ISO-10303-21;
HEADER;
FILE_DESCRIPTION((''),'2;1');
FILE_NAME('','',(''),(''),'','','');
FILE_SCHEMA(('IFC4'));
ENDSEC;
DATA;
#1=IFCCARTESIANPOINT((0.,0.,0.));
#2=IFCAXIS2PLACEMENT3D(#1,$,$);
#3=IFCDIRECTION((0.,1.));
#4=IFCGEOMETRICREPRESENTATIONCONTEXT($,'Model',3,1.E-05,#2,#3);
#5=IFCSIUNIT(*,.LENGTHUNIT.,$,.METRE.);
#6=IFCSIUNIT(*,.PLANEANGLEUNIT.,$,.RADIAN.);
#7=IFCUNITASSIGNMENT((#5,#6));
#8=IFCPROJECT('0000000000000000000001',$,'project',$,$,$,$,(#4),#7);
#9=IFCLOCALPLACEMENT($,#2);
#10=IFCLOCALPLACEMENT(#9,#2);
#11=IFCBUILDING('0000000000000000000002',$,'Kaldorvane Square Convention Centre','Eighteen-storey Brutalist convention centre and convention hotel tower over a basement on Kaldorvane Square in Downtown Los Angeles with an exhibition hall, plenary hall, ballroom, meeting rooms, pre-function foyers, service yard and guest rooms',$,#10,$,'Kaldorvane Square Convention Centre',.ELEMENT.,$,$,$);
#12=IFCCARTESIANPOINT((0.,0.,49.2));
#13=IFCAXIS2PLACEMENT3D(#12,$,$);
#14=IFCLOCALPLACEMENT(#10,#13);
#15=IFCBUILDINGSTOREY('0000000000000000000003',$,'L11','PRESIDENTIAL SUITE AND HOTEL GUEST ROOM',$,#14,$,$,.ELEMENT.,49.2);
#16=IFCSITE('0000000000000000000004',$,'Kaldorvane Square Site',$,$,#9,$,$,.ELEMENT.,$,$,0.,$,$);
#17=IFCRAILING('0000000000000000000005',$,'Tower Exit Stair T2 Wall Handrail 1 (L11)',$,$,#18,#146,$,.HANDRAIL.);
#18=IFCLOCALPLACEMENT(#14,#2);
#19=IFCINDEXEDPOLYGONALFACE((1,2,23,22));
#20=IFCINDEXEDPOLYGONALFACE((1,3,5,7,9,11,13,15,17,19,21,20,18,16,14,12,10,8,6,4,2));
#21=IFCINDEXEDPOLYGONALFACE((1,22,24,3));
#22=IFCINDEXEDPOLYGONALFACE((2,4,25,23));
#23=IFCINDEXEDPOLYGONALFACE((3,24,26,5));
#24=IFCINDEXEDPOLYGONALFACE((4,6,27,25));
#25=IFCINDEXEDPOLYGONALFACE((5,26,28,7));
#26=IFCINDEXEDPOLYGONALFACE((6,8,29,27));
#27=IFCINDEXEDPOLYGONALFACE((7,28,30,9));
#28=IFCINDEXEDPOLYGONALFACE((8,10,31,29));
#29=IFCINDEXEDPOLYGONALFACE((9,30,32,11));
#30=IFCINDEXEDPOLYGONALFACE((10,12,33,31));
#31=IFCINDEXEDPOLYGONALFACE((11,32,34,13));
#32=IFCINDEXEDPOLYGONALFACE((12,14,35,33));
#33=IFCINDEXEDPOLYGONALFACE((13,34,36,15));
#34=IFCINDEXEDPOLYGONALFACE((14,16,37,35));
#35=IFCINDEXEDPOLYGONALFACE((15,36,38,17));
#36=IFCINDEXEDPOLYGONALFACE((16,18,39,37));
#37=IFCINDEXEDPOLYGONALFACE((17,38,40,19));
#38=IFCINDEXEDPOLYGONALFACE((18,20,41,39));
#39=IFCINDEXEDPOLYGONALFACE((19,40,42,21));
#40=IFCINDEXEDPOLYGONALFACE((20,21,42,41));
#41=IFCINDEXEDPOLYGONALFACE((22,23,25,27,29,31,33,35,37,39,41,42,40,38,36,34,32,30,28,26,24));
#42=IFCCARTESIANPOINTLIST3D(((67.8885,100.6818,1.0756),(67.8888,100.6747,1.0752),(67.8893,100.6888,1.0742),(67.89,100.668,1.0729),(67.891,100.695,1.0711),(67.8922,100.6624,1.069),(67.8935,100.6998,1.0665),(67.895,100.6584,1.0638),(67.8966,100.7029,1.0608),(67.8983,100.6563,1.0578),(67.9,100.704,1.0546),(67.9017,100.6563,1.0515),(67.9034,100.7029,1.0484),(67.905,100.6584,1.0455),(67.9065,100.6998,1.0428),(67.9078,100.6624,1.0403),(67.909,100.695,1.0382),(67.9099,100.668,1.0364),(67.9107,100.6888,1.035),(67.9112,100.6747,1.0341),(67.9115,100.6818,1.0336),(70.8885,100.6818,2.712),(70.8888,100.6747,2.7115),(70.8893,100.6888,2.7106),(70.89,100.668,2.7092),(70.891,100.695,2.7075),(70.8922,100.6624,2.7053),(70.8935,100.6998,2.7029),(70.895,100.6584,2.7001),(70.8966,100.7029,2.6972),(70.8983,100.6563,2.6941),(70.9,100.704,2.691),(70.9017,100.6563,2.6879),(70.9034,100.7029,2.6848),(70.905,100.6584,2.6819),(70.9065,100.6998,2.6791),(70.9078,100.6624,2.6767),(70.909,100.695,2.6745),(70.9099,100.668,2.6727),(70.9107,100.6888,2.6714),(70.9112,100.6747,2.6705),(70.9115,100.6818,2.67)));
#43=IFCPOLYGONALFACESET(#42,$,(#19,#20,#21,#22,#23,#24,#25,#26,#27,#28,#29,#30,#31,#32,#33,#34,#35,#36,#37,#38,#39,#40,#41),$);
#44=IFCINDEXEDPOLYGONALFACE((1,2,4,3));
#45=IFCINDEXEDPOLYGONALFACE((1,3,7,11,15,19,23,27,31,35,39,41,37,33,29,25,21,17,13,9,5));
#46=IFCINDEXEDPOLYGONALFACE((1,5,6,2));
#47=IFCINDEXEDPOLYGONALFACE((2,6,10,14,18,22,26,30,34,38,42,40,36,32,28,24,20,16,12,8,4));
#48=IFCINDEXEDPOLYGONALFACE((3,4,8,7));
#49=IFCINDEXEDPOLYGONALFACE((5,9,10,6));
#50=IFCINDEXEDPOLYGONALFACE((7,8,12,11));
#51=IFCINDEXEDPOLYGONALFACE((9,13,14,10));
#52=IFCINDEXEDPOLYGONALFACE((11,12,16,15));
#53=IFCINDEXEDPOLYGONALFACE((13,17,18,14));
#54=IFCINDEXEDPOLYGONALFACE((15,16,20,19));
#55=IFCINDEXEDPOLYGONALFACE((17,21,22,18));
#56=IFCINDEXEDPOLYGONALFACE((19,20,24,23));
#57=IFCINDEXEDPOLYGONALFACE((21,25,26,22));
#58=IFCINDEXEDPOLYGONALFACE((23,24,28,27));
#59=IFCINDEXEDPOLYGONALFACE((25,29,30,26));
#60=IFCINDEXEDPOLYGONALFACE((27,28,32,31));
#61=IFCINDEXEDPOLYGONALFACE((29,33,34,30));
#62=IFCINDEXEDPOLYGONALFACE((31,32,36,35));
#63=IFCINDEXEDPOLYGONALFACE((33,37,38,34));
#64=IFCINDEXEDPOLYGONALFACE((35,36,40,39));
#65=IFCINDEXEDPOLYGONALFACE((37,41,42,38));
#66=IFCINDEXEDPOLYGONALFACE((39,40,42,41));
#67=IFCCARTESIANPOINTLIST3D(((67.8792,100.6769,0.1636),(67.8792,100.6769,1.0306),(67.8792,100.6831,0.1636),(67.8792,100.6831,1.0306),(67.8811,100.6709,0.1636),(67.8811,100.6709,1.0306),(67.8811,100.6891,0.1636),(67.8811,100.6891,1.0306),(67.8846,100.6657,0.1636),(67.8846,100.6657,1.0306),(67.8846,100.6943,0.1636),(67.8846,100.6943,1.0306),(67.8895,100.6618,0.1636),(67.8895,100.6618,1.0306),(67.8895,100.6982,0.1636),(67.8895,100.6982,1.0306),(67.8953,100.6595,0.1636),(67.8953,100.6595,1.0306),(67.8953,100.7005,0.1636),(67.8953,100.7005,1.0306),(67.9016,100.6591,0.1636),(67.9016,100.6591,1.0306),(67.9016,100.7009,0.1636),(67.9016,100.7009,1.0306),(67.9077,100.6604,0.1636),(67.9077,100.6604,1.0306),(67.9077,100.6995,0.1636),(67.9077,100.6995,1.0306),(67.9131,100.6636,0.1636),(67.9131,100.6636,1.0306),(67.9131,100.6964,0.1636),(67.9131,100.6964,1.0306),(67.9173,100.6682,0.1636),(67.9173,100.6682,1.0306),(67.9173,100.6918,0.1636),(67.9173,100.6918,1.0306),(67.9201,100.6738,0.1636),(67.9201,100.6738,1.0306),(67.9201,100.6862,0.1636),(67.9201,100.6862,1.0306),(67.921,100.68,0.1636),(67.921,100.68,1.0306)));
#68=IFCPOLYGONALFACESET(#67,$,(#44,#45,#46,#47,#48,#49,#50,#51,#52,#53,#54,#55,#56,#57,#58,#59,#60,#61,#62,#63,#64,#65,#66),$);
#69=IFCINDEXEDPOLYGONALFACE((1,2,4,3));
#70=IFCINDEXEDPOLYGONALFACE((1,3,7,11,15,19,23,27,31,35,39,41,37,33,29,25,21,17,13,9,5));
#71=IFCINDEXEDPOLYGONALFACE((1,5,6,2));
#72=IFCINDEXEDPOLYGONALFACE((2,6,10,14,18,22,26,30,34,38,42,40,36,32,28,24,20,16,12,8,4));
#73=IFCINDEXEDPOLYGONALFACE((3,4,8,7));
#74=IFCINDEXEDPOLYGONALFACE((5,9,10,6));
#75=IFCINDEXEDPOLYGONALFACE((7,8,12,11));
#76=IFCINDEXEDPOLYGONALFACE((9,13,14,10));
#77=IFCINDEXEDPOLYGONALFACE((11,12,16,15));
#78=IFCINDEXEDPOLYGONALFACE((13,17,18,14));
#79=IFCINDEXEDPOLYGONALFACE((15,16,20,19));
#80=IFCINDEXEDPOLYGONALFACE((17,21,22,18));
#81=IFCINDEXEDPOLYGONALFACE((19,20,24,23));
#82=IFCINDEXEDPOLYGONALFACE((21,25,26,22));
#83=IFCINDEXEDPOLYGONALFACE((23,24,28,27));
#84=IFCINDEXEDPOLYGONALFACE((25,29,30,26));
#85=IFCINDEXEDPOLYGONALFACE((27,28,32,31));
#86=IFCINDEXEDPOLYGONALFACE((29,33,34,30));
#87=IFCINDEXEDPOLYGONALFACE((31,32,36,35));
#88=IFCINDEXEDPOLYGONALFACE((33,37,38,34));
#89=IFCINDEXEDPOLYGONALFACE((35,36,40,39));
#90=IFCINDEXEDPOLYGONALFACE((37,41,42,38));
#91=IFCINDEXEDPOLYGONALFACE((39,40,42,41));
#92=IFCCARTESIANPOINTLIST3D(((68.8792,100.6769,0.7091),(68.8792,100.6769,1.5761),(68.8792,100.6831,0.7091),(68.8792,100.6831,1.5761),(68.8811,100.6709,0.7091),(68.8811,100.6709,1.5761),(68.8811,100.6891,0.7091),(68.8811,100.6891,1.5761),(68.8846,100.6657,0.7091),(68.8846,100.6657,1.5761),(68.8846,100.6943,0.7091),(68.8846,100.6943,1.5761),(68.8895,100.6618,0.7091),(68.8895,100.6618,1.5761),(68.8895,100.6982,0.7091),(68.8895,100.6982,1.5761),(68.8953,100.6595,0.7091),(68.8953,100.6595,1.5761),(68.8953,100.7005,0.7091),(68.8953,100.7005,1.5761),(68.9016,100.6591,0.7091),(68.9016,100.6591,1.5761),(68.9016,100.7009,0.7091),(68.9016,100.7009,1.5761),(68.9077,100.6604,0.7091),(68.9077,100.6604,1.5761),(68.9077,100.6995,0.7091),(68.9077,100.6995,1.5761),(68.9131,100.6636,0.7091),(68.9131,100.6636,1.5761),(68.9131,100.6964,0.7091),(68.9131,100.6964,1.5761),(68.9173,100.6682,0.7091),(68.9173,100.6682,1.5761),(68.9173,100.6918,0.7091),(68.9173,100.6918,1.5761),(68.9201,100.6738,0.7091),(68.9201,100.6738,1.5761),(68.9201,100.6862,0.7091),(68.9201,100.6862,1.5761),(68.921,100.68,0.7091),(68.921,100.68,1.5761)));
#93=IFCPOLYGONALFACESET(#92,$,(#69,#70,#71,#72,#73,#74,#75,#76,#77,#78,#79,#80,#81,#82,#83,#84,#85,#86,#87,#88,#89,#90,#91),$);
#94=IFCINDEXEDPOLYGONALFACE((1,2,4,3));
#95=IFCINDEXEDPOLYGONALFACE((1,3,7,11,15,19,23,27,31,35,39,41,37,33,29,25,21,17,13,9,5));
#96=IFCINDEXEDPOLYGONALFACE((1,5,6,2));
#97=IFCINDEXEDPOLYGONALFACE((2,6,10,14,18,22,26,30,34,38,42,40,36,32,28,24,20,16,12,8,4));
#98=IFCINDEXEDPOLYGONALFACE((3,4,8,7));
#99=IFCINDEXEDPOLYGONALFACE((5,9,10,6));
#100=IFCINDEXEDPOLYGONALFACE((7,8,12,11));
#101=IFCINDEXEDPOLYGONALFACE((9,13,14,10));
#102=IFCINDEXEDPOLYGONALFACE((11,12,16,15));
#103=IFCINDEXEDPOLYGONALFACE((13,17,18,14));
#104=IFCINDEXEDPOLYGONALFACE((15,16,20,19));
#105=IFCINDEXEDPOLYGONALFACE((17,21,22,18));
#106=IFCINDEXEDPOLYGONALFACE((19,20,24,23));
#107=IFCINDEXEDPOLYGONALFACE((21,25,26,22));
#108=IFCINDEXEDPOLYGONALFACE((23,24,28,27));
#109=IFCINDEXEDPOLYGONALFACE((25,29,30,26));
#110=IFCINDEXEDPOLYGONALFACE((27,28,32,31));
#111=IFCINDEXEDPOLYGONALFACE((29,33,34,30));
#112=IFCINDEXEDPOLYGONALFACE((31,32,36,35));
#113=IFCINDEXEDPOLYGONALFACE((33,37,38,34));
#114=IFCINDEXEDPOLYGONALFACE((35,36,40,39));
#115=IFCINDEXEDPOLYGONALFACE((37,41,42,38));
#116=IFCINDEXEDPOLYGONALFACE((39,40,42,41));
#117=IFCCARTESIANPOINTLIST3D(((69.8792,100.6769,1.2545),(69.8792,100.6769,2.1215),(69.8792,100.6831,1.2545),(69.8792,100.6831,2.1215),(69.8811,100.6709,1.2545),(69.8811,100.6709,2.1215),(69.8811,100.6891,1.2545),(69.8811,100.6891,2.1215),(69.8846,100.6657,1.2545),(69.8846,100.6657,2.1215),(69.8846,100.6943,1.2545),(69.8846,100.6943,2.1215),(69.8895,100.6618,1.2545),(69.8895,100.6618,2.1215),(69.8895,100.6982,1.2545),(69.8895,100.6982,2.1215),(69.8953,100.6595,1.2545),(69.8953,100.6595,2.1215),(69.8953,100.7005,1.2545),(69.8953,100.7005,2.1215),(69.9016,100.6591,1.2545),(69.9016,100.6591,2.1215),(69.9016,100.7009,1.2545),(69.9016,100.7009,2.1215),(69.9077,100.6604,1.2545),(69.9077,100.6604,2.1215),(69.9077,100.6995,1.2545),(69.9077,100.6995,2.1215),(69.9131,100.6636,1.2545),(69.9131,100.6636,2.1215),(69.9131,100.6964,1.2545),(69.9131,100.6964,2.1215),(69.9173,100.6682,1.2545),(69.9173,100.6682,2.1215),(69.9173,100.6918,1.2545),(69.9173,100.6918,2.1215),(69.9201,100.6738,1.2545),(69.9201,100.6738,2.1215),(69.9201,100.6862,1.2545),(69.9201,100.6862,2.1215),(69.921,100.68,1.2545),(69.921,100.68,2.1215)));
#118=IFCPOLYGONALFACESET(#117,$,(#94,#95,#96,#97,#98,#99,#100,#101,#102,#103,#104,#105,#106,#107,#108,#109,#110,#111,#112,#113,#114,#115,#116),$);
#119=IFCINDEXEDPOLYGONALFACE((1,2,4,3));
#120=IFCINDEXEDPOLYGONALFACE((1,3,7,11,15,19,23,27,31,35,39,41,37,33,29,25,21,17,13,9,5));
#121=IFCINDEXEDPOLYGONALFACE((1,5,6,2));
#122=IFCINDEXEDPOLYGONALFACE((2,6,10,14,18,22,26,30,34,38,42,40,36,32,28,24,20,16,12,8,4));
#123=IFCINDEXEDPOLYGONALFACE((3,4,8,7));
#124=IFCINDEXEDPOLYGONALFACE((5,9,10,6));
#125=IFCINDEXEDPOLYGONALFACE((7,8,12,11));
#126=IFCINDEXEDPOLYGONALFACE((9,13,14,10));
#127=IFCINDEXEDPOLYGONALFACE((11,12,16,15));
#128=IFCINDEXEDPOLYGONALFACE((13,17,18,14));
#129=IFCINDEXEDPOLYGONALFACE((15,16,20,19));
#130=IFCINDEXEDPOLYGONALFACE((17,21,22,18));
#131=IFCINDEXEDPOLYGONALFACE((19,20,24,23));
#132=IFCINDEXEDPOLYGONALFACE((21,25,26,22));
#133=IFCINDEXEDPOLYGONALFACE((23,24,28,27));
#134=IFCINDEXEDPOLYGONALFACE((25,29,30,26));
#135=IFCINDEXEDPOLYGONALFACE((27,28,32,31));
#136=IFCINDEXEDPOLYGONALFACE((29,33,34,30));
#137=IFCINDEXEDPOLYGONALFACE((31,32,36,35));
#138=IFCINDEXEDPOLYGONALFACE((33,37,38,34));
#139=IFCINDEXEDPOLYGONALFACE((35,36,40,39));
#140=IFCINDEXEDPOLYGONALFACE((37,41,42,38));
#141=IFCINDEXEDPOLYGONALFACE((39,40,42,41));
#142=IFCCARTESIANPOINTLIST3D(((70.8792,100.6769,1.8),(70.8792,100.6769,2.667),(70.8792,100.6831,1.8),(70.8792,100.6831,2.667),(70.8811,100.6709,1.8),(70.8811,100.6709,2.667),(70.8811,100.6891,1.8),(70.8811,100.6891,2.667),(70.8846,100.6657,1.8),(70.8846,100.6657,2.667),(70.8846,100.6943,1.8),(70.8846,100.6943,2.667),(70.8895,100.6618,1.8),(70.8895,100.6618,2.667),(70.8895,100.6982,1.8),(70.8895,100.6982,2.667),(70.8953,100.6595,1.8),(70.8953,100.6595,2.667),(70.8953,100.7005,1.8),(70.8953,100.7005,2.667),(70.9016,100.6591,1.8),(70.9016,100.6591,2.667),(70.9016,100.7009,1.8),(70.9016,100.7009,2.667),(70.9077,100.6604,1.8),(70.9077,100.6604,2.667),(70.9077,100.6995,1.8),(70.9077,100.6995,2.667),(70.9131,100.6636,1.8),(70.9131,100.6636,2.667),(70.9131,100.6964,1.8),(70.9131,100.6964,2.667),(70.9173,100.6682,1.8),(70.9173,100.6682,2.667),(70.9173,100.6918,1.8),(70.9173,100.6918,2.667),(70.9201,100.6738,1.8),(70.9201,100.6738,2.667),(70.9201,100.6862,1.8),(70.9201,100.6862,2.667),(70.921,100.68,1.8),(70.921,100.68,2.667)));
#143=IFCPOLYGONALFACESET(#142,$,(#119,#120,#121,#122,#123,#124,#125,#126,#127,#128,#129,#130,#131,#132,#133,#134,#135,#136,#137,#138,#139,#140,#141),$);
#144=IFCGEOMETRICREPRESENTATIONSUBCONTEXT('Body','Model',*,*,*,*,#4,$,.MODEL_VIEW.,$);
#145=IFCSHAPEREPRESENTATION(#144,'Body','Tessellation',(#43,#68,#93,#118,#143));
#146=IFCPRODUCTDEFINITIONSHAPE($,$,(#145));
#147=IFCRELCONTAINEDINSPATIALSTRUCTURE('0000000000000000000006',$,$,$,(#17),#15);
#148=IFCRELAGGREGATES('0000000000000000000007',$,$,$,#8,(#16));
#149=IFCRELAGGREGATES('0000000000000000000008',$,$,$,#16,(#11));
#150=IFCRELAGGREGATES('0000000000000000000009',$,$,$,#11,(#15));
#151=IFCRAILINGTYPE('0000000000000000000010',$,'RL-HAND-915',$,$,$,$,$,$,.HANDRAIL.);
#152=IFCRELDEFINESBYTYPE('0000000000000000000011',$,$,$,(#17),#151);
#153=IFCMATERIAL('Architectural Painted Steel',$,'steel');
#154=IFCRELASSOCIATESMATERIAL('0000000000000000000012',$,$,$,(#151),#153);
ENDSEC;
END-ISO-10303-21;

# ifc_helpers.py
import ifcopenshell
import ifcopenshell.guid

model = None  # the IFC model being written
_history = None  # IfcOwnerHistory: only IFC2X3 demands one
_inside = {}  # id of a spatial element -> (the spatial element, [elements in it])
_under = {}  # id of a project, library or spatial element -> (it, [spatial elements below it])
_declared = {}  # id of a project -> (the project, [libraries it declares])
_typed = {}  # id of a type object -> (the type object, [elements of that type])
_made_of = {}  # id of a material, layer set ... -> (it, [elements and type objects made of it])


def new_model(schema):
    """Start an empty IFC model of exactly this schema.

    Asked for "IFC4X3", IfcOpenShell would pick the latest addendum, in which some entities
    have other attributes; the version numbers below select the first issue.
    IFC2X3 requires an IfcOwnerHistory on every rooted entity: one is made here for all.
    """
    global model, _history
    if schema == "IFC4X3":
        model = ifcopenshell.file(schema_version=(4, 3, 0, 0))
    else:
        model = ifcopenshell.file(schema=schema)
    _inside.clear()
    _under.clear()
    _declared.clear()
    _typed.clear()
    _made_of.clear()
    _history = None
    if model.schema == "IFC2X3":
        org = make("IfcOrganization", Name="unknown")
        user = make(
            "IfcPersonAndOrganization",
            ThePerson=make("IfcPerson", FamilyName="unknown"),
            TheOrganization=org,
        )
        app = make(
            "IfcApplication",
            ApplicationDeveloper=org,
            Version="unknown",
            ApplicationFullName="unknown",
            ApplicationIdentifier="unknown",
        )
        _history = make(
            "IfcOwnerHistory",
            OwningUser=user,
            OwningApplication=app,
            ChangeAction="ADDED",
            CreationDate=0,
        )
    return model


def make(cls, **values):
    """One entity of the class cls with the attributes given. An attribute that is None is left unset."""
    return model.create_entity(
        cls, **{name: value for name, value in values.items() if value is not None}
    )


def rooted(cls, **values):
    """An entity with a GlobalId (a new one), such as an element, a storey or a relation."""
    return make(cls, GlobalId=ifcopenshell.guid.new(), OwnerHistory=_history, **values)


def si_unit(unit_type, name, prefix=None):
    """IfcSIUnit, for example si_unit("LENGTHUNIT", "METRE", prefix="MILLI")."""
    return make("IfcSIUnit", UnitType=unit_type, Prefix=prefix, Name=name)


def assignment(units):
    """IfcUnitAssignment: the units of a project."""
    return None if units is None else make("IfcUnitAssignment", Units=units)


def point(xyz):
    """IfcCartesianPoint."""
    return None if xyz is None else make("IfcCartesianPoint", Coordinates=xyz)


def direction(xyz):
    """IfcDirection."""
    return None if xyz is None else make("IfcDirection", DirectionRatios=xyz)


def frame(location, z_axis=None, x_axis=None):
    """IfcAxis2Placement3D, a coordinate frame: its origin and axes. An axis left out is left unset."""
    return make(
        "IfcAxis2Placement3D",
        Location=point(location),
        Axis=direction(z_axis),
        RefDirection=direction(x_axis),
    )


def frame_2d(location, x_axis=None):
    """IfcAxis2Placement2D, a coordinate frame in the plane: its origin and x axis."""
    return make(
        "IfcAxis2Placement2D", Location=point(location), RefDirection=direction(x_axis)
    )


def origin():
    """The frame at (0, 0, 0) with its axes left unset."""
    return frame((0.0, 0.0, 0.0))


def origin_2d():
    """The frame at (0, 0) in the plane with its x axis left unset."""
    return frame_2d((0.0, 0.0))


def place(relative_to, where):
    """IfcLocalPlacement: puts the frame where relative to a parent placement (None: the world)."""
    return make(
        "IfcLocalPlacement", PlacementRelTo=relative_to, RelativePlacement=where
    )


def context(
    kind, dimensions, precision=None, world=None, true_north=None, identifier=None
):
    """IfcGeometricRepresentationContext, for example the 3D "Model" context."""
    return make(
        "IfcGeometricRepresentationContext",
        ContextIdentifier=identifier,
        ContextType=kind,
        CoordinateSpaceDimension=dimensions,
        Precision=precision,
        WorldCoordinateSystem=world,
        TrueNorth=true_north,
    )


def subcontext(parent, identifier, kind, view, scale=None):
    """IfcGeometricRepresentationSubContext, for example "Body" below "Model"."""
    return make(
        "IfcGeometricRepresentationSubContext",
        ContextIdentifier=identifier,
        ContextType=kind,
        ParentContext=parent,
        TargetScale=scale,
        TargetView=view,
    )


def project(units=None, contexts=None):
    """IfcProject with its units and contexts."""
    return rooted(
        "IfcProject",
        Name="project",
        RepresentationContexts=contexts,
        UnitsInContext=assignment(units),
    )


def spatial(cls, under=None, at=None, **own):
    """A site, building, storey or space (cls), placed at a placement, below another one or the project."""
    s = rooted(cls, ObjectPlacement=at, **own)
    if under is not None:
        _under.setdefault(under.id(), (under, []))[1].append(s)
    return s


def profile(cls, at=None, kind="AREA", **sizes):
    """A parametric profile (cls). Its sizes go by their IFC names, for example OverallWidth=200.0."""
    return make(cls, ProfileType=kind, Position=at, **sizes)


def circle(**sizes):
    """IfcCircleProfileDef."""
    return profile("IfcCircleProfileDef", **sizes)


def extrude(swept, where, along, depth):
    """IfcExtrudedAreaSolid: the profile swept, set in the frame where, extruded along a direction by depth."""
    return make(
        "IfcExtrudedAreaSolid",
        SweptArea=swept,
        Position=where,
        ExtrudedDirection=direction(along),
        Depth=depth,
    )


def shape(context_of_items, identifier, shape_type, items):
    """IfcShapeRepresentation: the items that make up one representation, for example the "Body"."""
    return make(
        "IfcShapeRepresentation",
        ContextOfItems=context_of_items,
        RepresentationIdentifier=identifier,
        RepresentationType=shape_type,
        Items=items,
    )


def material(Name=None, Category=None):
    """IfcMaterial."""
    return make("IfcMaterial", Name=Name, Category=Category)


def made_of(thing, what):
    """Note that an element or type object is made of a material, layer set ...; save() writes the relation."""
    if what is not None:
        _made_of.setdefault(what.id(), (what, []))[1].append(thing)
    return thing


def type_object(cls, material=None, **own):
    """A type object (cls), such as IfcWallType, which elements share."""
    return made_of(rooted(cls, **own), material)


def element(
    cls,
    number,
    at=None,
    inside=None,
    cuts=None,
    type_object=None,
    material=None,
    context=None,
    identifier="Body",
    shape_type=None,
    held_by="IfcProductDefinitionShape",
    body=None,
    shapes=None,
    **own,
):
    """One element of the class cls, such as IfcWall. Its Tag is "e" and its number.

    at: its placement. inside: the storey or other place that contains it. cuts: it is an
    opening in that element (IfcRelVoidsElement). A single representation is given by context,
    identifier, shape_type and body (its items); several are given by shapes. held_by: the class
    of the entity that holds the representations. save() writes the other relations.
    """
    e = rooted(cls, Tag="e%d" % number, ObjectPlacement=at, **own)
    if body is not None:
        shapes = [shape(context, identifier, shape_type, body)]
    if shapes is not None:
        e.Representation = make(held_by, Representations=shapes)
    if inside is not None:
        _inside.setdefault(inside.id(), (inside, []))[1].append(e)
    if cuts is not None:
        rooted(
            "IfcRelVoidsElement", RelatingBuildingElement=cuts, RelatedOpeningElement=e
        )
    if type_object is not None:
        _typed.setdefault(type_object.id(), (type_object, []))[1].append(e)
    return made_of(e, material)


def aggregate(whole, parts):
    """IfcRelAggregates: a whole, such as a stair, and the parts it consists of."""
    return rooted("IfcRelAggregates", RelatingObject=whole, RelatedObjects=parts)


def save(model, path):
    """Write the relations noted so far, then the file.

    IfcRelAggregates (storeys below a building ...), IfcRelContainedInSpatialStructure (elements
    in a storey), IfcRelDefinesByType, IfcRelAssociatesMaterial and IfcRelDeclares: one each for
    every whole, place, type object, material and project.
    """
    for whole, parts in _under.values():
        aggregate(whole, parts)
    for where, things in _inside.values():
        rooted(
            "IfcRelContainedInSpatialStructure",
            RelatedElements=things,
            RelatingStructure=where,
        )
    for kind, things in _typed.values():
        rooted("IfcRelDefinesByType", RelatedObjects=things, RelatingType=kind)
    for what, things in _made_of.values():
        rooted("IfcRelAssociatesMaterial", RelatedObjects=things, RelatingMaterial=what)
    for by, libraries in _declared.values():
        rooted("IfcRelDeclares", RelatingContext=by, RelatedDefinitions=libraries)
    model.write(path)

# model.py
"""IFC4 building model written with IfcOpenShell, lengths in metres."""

from ifc_helpers import new_model, si_unit, direction, frame, origin, origin_2d, place, context, subcontext, project, spatial, circle, extrude, material, type_object, element, save


model = new_model("IFC4")

# Units and contexts
model_context = context("Model", 3, precision=1e-05, world=origin(), true_north=direction((0.0, 1.0)))
body_context = subcontext(model_context, "Body", "Model", "MODEL_VIEW")
ifc_project = project(units=[si_unit("LENGTHUNIT", "METRE"), si_unit("PLANEANGLEUNIT", "RADIAN")], contexts=[model_context])

# Site, building, storey
site_placement = place(None, origin())
site = spatial("IfcSite", under=ifc_project, at=site_placement, Name="Kaldorvane Square Site", CompositionType="ELEMENT", RefElevation=0.0)
building_placement = place(site_placement, origin())
building = spatial("IfcBuilding", under=site, at=building_placement, Name="Kaldorvane Square Convention Centre", Description="Eighteen-storey Brutalist convention centre and convention hotel tower over a basement on Kaldorvane Square in Downtown Los Angeles with an exhibition hall, plenary hall, ballroom, meeting rooms, pre-function foyers, service yard and guest rooms", LongName="Kaldorvane Square Convention Centre", CompositionType="ELEMENT")
storey_placement = place(building_placement, frame((0.0, 0.0, 49.2)))
storey = spatial("IfcBuildingStorey", under=building, at=storey_placement, Name="L11", Description="PRESIDENTIAL SUITE AND HOTEL GUEST ROOM", CompositionType="ELEMENT", Elevation=49.2)

# Railing
ifc_material_1 = material(Name="Architectural Painted Steel", Category="steel")
railing_type_1 = type_object("IfcRailingType", Name="RL-HAND-915", PredefinedType="HANDRAIL", material=ifc_material_1)
railing_1_placement = place(storey_placement, frame((67.9, 100.68, 0.1636)))
element("IfcRailing", 1, at=railing_1_placement, inside=storey, type_object=railing_type_1, Name="Tower Exit Stair T2 Wall Handrail 1 (L11)", PredefinedType="HANDRAIL", context=body_context, shape_type="SweptSolid", body=[
    extrude(circle(Radius=0.024, at=origin_2d()), frame((0.0, 0.0, 0.891), z_axis=(0.877895, 0.0, 0.478853), x_axis=(0.0, 1.0, 0.0)), (0.0, 0.0, 1.0), 3.4173),
    extrude(circle(Radius=0.021, at=origin_2d()), origin(), (0.0, 0.0, 1.0), 0.867),
    extrude(circle(Radius=0.021, at=origin_2d()), frame((1.0, 0.0, 0.5455)), (0.0, 0.0, 1.0), 0.867),
    extrude(circle(Radius=0.021, at=origin_2d()), frame((2.0, 0.0, 1.0909)), (0.0, 0.0, 1.0), 0.867),
    extrude(circle(Radius=0.021, at=origin_2d()), frame((3.0, 0.0, 1.6364)), (0.0, 0.0, 1.0), 0.867),
])

save(model, "model.ifc")
